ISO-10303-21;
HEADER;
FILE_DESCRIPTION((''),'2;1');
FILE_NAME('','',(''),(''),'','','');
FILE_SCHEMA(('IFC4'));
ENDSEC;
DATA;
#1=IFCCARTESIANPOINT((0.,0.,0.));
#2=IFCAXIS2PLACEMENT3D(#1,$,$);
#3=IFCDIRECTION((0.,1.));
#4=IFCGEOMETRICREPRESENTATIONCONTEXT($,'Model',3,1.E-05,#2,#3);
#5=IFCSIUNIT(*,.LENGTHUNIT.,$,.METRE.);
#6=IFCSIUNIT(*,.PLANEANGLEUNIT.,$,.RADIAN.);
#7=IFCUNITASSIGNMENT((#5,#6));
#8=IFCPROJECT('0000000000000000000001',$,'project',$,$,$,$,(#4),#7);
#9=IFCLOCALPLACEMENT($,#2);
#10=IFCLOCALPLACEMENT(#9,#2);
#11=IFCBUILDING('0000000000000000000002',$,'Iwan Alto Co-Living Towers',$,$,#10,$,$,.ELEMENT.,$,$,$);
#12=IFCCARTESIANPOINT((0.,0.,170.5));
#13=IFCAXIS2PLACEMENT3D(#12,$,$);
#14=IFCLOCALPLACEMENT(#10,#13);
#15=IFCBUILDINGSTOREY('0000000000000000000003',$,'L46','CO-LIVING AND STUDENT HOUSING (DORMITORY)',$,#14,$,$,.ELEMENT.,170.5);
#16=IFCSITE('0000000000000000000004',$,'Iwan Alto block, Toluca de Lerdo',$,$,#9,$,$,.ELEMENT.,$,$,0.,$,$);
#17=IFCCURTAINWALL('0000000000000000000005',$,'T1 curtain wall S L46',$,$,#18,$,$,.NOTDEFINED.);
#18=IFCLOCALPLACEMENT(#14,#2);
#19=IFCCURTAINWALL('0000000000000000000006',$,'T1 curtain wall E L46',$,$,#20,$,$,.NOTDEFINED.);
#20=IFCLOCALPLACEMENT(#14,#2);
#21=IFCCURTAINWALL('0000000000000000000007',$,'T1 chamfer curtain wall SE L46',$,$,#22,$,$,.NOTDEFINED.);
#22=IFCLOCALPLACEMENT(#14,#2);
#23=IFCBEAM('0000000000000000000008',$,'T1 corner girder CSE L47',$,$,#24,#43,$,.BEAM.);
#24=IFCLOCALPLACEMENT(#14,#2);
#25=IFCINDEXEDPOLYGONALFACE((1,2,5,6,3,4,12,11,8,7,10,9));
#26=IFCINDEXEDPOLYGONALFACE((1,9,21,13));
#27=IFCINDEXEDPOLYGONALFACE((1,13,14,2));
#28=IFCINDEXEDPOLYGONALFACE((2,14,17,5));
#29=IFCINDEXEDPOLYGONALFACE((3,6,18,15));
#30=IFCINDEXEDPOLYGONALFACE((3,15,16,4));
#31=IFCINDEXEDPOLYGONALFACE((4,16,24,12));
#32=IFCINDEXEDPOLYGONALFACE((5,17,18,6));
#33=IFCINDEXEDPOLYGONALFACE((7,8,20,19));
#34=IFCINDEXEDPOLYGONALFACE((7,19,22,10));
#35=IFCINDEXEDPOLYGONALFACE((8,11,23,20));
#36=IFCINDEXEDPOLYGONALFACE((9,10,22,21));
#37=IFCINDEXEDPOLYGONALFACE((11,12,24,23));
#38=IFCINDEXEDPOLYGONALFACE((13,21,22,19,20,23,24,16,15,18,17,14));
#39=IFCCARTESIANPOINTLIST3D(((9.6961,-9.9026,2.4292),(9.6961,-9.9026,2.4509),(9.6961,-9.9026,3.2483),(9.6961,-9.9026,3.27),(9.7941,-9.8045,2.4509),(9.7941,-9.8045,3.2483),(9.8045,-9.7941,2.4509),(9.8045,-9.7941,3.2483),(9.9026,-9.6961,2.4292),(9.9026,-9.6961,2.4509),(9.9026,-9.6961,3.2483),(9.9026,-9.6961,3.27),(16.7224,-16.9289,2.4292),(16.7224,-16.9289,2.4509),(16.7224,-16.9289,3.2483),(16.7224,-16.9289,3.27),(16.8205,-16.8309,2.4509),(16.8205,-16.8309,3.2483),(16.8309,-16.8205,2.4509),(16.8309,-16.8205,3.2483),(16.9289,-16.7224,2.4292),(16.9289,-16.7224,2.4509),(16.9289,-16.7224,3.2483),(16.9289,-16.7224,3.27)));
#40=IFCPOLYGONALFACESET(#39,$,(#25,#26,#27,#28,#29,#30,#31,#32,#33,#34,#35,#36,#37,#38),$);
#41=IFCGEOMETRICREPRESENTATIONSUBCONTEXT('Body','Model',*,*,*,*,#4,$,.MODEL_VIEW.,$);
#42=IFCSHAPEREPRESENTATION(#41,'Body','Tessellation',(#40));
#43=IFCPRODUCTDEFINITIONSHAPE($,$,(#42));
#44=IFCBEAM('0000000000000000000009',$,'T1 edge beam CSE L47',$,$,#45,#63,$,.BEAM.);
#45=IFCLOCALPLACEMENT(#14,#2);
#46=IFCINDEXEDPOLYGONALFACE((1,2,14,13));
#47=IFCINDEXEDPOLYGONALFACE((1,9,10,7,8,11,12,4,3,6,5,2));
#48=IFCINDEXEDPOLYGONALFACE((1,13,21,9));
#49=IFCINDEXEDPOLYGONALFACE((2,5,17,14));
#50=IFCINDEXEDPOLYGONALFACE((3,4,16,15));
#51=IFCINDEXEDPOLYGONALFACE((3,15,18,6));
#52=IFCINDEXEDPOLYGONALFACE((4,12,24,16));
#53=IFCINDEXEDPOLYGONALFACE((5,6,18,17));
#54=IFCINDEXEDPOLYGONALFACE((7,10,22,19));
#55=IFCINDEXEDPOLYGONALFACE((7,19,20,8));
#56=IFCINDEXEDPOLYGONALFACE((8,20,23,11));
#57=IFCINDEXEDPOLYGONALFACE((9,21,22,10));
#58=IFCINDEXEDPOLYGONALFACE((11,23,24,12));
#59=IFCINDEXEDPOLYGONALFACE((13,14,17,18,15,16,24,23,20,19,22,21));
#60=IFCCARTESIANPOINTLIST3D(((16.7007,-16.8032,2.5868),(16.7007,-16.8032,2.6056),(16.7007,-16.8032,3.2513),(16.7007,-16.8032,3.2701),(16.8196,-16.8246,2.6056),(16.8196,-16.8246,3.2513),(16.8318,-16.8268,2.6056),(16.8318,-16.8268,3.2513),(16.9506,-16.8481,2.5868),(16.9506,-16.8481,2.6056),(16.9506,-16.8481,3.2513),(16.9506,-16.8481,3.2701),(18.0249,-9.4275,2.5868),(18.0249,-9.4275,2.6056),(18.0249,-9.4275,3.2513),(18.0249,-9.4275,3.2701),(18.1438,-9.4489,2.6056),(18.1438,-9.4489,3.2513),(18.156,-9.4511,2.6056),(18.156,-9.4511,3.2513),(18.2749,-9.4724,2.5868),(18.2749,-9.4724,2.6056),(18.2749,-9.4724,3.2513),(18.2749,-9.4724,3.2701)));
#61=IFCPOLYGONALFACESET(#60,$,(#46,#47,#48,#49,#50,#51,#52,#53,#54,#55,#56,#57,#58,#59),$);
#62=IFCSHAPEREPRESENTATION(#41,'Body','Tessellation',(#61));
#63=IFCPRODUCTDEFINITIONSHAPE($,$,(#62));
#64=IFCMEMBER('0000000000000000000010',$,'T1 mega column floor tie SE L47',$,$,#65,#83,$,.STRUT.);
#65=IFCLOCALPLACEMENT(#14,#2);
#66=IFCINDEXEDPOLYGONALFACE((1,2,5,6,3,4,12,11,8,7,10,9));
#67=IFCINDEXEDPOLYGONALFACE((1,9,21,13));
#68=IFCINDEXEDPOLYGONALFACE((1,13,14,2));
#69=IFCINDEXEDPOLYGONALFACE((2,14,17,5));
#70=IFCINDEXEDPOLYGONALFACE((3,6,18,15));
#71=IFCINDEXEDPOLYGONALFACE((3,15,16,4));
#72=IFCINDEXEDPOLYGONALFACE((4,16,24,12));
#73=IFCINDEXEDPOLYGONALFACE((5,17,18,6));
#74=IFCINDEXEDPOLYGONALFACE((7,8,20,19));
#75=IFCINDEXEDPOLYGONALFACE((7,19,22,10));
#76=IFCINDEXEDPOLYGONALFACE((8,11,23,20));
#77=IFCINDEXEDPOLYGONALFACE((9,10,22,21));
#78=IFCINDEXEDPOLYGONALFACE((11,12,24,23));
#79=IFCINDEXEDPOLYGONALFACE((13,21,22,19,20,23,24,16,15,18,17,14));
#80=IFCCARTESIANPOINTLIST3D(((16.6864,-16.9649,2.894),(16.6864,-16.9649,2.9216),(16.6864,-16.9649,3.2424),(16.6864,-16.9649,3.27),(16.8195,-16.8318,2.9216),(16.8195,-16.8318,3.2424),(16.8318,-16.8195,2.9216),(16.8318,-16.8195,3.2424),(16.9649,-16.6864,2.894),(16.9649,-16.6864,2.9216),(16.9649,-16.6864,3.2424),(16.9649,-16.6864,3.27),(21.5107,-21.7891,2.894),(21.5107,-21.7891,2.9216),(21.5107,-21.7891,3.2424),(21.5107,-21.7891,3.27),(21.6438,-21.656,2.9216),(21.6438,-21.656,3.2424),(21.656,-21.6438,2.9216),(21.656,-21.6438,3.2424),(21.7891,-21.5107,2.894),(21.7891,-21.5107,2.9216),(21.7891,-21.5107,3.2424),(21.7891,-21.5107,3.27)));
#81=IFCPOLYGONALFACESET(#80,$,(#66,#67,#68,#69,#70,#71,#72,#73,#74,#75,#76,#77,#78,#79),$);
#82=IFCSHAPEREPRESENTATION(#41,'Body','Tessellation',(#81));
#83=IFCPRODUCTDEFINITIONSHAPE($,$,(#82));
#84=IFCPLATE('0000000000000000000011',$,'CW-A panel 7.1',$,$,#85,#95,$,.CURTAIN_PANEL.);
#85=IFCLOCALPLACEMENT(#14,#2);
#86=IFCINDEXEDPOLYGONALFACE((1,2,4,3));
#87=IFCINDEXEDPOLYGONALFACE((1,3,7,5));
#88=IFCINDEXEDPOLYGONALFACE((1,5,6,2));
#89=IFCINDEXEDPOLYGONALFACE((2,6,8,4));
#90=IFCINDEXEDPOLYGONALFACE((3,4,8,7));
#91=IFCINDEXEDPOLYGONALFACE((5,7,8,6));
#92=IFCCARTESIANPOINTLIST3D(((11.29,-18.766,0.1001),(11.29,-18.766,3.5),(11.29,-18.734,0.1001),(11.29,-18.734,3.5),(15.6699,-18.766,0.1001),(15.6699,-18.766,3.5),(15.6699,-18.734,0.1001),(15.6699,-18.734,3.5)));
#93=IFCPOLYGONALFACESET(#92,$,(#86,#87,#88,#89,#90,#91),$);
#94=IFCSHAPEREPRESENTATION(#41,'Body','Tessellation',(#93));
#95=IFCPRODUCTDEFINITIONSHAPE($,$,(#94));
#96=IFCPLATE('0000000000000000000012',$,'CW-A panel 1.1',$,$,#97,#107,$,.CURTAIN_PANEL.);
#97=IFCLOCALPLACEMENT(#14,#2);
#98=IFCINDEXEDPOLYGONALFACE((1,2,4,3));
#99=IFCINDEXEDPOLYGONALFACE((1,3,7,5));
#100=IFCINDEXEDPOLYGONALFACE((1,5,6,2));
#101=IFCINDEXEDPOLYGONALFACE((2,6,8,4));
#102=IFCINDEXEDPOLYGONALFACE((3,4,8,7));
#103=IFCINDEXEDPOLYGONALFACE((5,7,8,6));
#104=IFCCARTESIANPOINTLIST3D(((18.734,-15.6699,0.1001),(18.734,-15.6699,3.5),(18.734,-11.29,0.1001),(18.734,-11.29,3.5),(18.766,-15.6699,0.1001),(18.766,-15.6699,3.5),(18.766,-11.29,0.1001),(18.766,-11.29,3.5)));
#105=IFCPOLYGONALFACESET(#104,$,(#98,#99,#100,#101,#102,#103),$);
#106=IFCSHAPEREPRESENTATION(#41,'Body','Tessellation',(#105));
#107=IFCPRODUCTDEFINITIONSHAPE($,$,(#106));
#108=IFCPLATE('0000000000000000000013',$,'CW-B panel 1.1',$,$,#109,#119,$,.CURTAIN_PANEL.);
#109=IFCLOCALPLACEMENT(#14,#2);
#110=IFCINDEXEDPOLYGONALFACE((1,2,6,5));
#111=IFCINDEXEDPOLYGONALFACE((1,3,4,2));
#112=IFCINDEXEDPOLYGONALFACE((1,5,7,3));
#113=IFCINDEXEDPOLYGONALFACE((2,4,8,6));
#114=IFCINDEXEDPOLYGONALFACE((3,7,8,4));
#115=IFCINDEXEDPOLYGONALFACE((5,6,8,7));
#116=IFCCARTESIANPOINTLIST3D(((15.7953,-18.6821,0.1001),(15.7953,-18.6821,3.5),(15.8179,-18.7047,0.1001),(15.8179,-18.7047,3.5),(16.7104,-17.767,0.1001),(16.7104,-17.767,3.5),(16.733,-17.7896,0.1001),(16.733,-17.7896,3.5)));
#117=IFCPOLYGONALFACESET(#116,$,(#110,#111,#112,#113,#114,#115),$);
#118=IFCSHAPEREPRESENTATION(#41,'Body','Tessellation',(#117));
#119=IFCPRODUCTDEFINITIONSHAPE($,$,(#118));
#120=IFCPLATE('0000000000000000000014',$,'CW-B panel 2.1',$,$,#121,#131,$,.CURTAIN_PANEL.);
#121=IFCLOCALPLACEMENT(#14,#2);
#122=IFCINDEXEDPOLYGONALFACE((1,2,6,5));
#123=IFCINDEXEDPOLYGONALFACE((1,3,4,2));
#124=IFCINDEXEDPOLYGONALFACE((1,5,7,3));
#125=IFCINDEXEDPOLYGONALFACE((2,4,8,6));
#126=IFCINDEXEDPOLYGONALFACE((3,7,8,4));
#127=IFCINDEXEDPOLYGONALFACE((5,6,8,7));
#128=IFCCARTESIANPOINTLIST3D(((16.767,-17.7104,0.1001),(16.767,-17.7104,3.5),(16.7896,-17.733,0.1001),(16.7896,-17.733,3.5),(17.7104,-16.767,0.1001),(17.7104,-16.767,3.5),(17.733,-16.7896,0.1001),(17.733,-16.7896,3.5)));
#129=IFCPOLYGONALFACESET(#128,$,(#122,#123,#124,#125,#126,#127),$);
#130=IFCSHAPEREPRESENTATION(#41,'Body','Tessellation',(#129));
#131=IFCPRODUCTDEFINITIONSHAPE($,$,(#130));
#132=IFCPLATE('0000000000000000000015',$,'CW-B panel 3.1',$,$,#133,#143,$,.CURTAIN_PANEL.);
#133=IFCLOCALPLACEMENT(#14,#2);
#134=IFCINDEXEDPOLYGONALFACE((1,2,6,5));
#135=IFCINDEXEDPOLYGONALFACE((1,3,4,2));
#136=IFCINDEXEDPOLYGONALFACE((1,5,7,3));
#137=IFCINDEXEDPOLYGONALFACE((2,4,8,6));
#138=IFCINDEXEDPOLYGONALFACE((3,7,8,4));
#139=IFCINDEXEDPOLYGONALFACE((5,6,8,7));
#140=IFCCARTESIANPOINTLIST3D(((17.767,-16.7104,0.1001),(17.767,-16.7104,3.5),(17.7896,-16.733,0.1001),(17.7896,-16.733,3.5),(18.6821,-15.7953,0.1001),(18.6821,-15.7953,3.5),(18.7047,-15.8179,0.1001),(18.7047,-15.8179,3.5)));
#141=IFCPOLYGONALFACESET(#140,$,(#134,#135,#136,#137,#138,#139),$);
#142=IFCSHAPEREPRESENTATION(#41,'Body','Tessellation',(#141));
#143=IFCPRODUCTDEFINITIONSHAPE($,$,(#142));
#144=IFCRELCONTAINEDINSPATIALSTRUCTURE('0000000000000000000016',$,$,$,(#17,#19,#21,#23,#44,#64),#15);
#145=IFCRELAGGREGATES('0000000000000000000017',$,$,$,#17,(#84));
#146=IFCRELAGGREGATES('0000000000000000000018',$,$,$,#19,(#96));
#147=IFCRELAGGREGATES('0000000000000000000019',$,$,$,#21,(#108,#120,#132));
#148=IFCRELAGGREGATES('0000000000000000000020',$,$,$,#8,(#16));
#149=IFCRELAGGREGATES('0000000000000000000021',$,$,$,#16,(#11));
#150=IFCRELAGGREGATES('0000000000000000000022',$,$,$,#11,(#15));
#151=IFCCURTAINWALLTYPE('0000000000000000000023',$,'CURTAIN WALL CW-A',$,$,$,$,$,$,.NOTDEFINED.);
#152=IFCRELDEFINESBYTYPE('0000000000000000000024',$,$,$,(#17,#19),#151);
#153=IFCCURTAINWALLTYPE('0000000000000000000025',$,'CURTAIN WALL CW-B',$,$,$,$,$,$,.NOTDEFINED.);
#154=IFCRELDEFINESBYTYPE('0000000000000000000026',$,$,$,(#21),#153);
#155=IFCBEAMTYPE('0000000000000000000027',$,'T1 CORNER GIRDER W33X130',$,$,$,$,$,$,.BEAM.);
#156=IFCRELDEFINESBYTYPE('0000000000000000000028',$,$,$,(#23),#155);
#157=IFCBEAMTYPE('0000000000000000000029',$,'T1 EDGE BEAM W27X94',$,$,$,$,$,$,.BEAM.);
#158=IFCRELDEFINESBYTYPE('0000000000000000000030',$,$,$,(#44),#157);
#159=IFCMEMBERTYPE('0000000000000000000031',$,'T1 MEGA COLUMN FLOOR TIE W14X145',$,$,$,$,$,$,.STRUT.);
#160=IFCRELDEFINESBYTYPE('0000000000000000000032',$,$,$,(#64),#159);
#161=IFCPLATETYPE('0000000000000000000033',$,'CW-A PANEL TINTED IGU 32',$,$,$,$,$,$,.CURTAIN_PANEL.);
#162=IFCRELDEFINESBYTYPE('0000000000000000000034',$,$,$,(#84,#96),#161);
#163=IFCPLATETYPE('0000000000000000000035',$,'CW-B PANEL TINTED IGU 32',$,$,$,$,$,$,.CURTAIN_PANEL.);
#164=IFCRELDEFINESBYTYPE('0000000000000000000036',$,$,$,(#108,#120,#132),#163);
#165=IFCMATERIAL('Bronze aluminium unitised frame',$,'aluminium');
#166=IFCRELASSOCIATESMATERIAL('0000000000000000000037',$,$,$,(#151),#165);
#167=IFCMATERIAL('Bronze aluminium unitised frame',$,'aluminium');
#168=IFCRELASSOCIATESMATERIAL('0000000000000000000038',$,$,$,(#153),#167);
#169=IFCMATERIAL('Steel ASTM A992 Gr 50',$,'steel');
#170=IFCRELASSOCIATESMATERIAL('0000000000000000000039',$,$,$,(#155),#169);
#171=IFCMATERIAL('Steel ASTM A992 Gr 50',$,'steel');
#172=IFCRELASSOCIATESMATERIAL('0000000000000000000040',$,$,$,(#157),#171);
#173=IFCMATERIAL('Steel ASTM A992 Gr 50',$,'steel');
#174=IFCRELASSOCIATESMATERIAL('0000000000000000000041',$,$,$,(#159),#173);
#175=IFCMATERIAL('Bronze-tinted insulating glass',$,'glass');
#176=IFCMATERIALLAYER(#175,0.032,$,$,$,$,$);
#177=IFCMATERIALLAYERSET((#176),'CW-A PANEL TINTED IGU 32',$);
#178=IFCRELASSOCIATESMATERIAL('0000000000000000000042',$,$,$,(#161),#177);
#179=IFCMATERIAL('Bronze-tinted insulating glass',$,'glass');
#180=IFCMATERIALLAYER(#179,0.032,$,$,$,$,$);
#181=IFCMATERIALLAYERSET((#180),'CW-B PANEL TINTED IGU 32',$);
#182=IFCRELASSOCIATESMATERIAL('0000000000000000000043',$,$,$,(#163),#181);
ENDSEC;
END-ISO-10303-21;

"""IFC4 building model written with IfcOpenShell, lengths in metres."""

from ifc_helpers import new_model, si_unit, direction, frame, origin, origin_2d, place, context, subcontext, project, spatial, rectangle, i_section, extrude, material, layer, layer_set, material_profile, profile_set, type_object, element, aggregate, save


model = new_model("IFC4")

# Units and contexts
model_context = context("Model", 3, precision=1e-05, world=origin(), true_north=direction((0.0, 1.0)))
body_context = subcontext(model_context, "Body", "Model", "MODEL_VIEW")
ifc_project = project(units=[si_unit("LENGTHUNIT", "METRE"), si_unit("PLANEANGLEUNIT", "RADIAN")], contexts=[model_context])

# Site, building, storey
site_placement = place(None, origin())
site = spatial("IfcSite", under=ifc_project, at=site_placement, Name="Iwan Alto block, Toluca de Lerdo", CompositionType="ELEMENT", RefElevation=0.0)
building_placement = place(site_placement, origin())
building = spatial("IfcBuilding", under=site, at=building_placement, Name="Iwan Alto Co-Living Towers", CompositionType="ELEMENT")
storey_placement = place(building_placement, frame((0.0, 0.0, 170.5)))
storey = spatial("IfcBuildingStorey", under=building, at=storey_placement, Name="L46", Description="CO-LIVING AND STUDENT HOUSING (DORMITORY)", CompositionType="ELEMENT", Elevation=170.5)

# Curtain wall
ifc_material_1 = material(Name="Bronze aluminium unitised frame", Category="aluminium")
curtain_wall_type_1 = type_object("IfcCurtainWallType", Name="CURTAIN WALL CW-A", PredefinedType="NOTDEFINED", material=ifc_material_1)
curtain_wall_1_placement = place(storey_placement, origin())
curtain_wall_1 = element("IfcCurtainWall", 1, at=curtain_wall_1_placement, inside=storey, type_object=curtain_wall_type_1, Name="T1 curtain wall S L46", PredefinedType="NOTDEFINED")

# Curtain walls
curtain_wall_2_placement = place(storey_placement, origin())
curtain_wall_2 = element("IfcCurtainWall", 2, at=curtain_wall_2_placement, inside=storey, type_object=curtain_wall_type_1, Name="T1 curtain wall E L46", PredefinedType="NOTDEFINED")
ifc_material_2 = material(Name="Bronze aluminium unitised frame", Category="aluminium")
curtain_wall_type_2 = type_object("IfcCurtainWallType", Name="CURTAIN WALL CW-B", PredefinedType="NOTDEFINED", material=ifc_material_2)
curtain_wall_3_placement = place(storey_placement, origin())
curtain_wall_3 = element("IfcCurtainWall", 3, at=curtain_wall_3_placement, inside=storey, type_object=curtain_wall_type_2, Name="T1 chamfer curtain wall SE L46", PredefinedType="NOTDEFINED")

# Beams
ifc_material_3 = material(Name="Steel ASTM A992 Gr 50", Category="steel")
ifc_material_profile_1 = material_profile(ifc_material_3, i_section(OverallWidth=0.292, OverallDepth=0.8408, WebThickness=0.0146, FlangeThickness=0.0217, at=origin_2d()), Name="W33X130")
ifc_profile_set_1 = profile_set([ifc_material_profile_1], Name="Steel ASTM A992 Gr 50")
beam_type_1 = type_object("IfcBeamType", Name="T1 CORNER GIRDER W33X130", PredefinedType="BEAM", material=ifc_profile_set_1)
beam_1_placement = place(storey_placement, frame((16.8257, -16.8257, 2.8496), z_axis=(-0.707107, 0.707107, 0.0), x_axis=(-0.707107, -0.707107, 0.0)))
element("IfcBeam", 4, at=beam_1_placement, inside=storey, type_object=beam_type_1, Name="T1 corner girder CSE L47", PredefinedType="BEAM", context=body_context, shape_type="SweptSolid", body=[
    extrude(i_section(OverallWidth=0.292, OverallDepth=0.8408, WebThickness=0.0146, FlangeThickness=0.0217, at=origin_2d()), origin(), (0.0, 0.0, 1.0), 9.9368),
])
ifc_material_4 = material(Name="Steel ASTM A992 Gr 50", Category="steel")
ifc_material_profile_2 = material_profile(ifc_material_4, i_section(OverallWidth=0.2539, OverallDepth=0.6833, WebThickness=0.0125, FlangeThickness=0.0188, at=origin_2d()), Name="W27X94")
ifc_profile_set_2 = profile_set([ifc_material_profile_2], Name="Steel ASTM A992 Gr 50")
beam_type_2 = type_object("IfcBeamType", Name="T1 EDGE BEAM W27X94", PredefinedType="BEAM", material=ifc_profile_set_2)
beam_2_placement = place(storey_placement, frame((16.8257, -16.8257, 2.9285), z_axis=(0.176712, 0.984263, 0.0), x_axis=(-0.984263, 0.176712, 0.0)))
element("IfcBeam", 5, at=beam_2_placement, inside=storey, type_object=beam_type_2, Name="T1 edge beam CSE L47", PredefinedType="BEAM", context=body_context, shape_type="SweptSolid", body=[
    extrude(i_section(OverallWidth=0.2539, OverallDepth=0.6833, WebThickness=0.0125, FlangeThickness=0.0188, at=origin_2d()), origin(), (0.0, 0.0, 1.0), 7.4937),
])

# Member
ifc_material_5 = material(Name="Steel ASTM A992 Gr 50", Category="steel")
ifc_material_profile_3 = material_profile(ifc_material_5, i_section(OverallWidth=0.3938, OverallDepth=0.376, WebThickness=0.0173, FlangeThickness=0.0276, at=origin_2d()), Name="W14X145")
ifc_profile_set_3 = profile_set([ifc_material_profile_3], Name="Steel ASTM A992 Gr 50")
member_type_1 = type_object("IfcMemberType", Name="T1 MEGA COLUMN FLOOR TIE W14X145", PredefinedType="STRUT", material=ifc_profile_set_3)
member_1_placement = place(storey_placement, frame((21.6499, -21.6499, 3.082), z_axis=(-0.707107, 0.707107, 0.0), x_axis=(-0.707107, -0.707107, 0.0)))
element("IfcMember", 6, at=member_1_placement, inside=storey, type_object=member_type_1, Name="T1 mega column floor tie SE L47", PredefinedType="STRUT", context=body_context, shape_type="SweptSolid", body=[
    extrude(i_section(OverallWidth=0.3938, OverallDepth=0.376, WebThickness=0.0173, FlangeThickness=0.0276, at=origin_2d()), origin(), (0.0, 0.0, 1.0), 6.8225),
])

# Plates
ifc_material_6 = material(Name="Bronze-tinted insulating glass", Category="glass")
ifc_layer_1 = layer(ifc_material_6, 0.032)
ifc_layer_set_1 = layer_set([ifc_layer_1], Name="CW-A PANEL TINTED IGU 32")
plate_type_1 = type_object("IfcPlateType", Name="CW-A PANEL TINTED IGU 32", PredefinedType="CURTAIN_PANEL", material=ifc_layer_set_1)
plate_1_placement = place(storey_placement, frame((13.48, -18.75, 0.1001), z_axis=(0.0, 0.0, 1.0), x_axis=(1.0, 0.0, 0.0)))
plate_1 = element("IfcPlate", 7, at=plate_1_placement, type_object=plate_type_1, Name="CW-A panel 7.1", PredefinedType="CURTAIN_PANEL", context=body_context, shape_type="SweptSolid", body=[
    extrude(rectangle(XDim=4.3799, YDim=0.032, at=origin_2d()), origin(), (0.0, 0.0, 1.0), 3.3999),
])
aggregate(curtain_wall_1, [plate_1])
plate_2_placement = place(storey_placement, frame((18.75, -13.48, 0.1001), z_axis=(0.0, 0.0, 1.0), x_axis=(0.0, 1.0, 0.0)))
plate_2 = element("IfcPlate", 8, at=plate_2_placement, type_object=plate_type_1, Name="CW-A panel 1.1", PredefinedType="CURTAIN_PANEL", context=body_context, shape_type="SweptSolid", body=[
    extrude(rectangle(XDim=4.3799, YDim=0.032, at=origin_2d()), origin(), (0.0, 0.0, 1.0), 3.3999),
])
aggregate(curtain_wall_2, [plate_2])
ifc_material_7 = material(Name="Bronze-tinted insulating glass", Category="glass")
ifc_layer_2 = layer(ifc_material_7, 0.032)
ifc_layer_set_2 = layer_set([ifc_layer_2], Name="CW-B PANEL TINTED IGU 32")
plate_type_2 = type_object("IfcPlateType", Name="CW-B PANEL TINTED IGU 32", PredefinedType="CURTAIN_PANEL", material=ifc_layer_set_2)
plate_3_placement = place(storey_placement, frame((16.2642, -18.2358, 0.1001), z_axis=(0.0, 0.0, 1.0), x_axis=(0.707107, 0.707107, 0.0)))
plate_3 = element("IfcPlate", 9, at=plate_3_placement, type_object=plate_type_2, Name="CW-B panel 1.1", PredefinedType="CURTAIN_PANEL", context=body_context, shape_type="SweptSolid", body=[
    extrude(rectangle(XDim=1.2942, YDim=0.032, at=origin_2d()), origin(), (0.0, 0.0, 1.0), 3.3999),
])
plate_4_placement = place(storey_placement, frame((17.25, -17.25, 0.1001), z_axis=(0.0, 0.0, 1.0), x_axis=(0.707107, 0.707107, 0.0)))
plate_4 = element("IfcPlate", 10, at=plate_4_placement, type_object=plate_type_2, Name="CW-B panel 2.1", PredefinedType="CURTAIN_PANEL", context=body_context, shape_type="SweptSolid", body=[
    extrude(rectangle(XDim=1.3342, YDim=0.032, at=origin_2d()), origin(), (0.0, 0.0, 1.0), 3.3999),
])
plate_5_placement = place(storey_placement, frame((18.2358, -16.2642, 0.1001), z_axis=(0.0, 0.0, 1.0), x_axis=(0.707107, 0.707107, 0.0)))
plate_5 = element("IfcPlate", 11, at=plate_5_placement, type_object=plate_type_2, Name="CW-B panel 3.1", PredefinedType="CURTAIN_PANEL", context=body_context, shape_type="SweptSolid", body=[
    extrude(rectangle(XDim=1.2942, YDim=0.032, at=origin_2d()), origin(), (0.0, 0.0, 1.0), 3.3999),
])
aggregate(curtain_wall_3, [plate_3, plate_4, plate_5])

save(model, "model.ifc")
